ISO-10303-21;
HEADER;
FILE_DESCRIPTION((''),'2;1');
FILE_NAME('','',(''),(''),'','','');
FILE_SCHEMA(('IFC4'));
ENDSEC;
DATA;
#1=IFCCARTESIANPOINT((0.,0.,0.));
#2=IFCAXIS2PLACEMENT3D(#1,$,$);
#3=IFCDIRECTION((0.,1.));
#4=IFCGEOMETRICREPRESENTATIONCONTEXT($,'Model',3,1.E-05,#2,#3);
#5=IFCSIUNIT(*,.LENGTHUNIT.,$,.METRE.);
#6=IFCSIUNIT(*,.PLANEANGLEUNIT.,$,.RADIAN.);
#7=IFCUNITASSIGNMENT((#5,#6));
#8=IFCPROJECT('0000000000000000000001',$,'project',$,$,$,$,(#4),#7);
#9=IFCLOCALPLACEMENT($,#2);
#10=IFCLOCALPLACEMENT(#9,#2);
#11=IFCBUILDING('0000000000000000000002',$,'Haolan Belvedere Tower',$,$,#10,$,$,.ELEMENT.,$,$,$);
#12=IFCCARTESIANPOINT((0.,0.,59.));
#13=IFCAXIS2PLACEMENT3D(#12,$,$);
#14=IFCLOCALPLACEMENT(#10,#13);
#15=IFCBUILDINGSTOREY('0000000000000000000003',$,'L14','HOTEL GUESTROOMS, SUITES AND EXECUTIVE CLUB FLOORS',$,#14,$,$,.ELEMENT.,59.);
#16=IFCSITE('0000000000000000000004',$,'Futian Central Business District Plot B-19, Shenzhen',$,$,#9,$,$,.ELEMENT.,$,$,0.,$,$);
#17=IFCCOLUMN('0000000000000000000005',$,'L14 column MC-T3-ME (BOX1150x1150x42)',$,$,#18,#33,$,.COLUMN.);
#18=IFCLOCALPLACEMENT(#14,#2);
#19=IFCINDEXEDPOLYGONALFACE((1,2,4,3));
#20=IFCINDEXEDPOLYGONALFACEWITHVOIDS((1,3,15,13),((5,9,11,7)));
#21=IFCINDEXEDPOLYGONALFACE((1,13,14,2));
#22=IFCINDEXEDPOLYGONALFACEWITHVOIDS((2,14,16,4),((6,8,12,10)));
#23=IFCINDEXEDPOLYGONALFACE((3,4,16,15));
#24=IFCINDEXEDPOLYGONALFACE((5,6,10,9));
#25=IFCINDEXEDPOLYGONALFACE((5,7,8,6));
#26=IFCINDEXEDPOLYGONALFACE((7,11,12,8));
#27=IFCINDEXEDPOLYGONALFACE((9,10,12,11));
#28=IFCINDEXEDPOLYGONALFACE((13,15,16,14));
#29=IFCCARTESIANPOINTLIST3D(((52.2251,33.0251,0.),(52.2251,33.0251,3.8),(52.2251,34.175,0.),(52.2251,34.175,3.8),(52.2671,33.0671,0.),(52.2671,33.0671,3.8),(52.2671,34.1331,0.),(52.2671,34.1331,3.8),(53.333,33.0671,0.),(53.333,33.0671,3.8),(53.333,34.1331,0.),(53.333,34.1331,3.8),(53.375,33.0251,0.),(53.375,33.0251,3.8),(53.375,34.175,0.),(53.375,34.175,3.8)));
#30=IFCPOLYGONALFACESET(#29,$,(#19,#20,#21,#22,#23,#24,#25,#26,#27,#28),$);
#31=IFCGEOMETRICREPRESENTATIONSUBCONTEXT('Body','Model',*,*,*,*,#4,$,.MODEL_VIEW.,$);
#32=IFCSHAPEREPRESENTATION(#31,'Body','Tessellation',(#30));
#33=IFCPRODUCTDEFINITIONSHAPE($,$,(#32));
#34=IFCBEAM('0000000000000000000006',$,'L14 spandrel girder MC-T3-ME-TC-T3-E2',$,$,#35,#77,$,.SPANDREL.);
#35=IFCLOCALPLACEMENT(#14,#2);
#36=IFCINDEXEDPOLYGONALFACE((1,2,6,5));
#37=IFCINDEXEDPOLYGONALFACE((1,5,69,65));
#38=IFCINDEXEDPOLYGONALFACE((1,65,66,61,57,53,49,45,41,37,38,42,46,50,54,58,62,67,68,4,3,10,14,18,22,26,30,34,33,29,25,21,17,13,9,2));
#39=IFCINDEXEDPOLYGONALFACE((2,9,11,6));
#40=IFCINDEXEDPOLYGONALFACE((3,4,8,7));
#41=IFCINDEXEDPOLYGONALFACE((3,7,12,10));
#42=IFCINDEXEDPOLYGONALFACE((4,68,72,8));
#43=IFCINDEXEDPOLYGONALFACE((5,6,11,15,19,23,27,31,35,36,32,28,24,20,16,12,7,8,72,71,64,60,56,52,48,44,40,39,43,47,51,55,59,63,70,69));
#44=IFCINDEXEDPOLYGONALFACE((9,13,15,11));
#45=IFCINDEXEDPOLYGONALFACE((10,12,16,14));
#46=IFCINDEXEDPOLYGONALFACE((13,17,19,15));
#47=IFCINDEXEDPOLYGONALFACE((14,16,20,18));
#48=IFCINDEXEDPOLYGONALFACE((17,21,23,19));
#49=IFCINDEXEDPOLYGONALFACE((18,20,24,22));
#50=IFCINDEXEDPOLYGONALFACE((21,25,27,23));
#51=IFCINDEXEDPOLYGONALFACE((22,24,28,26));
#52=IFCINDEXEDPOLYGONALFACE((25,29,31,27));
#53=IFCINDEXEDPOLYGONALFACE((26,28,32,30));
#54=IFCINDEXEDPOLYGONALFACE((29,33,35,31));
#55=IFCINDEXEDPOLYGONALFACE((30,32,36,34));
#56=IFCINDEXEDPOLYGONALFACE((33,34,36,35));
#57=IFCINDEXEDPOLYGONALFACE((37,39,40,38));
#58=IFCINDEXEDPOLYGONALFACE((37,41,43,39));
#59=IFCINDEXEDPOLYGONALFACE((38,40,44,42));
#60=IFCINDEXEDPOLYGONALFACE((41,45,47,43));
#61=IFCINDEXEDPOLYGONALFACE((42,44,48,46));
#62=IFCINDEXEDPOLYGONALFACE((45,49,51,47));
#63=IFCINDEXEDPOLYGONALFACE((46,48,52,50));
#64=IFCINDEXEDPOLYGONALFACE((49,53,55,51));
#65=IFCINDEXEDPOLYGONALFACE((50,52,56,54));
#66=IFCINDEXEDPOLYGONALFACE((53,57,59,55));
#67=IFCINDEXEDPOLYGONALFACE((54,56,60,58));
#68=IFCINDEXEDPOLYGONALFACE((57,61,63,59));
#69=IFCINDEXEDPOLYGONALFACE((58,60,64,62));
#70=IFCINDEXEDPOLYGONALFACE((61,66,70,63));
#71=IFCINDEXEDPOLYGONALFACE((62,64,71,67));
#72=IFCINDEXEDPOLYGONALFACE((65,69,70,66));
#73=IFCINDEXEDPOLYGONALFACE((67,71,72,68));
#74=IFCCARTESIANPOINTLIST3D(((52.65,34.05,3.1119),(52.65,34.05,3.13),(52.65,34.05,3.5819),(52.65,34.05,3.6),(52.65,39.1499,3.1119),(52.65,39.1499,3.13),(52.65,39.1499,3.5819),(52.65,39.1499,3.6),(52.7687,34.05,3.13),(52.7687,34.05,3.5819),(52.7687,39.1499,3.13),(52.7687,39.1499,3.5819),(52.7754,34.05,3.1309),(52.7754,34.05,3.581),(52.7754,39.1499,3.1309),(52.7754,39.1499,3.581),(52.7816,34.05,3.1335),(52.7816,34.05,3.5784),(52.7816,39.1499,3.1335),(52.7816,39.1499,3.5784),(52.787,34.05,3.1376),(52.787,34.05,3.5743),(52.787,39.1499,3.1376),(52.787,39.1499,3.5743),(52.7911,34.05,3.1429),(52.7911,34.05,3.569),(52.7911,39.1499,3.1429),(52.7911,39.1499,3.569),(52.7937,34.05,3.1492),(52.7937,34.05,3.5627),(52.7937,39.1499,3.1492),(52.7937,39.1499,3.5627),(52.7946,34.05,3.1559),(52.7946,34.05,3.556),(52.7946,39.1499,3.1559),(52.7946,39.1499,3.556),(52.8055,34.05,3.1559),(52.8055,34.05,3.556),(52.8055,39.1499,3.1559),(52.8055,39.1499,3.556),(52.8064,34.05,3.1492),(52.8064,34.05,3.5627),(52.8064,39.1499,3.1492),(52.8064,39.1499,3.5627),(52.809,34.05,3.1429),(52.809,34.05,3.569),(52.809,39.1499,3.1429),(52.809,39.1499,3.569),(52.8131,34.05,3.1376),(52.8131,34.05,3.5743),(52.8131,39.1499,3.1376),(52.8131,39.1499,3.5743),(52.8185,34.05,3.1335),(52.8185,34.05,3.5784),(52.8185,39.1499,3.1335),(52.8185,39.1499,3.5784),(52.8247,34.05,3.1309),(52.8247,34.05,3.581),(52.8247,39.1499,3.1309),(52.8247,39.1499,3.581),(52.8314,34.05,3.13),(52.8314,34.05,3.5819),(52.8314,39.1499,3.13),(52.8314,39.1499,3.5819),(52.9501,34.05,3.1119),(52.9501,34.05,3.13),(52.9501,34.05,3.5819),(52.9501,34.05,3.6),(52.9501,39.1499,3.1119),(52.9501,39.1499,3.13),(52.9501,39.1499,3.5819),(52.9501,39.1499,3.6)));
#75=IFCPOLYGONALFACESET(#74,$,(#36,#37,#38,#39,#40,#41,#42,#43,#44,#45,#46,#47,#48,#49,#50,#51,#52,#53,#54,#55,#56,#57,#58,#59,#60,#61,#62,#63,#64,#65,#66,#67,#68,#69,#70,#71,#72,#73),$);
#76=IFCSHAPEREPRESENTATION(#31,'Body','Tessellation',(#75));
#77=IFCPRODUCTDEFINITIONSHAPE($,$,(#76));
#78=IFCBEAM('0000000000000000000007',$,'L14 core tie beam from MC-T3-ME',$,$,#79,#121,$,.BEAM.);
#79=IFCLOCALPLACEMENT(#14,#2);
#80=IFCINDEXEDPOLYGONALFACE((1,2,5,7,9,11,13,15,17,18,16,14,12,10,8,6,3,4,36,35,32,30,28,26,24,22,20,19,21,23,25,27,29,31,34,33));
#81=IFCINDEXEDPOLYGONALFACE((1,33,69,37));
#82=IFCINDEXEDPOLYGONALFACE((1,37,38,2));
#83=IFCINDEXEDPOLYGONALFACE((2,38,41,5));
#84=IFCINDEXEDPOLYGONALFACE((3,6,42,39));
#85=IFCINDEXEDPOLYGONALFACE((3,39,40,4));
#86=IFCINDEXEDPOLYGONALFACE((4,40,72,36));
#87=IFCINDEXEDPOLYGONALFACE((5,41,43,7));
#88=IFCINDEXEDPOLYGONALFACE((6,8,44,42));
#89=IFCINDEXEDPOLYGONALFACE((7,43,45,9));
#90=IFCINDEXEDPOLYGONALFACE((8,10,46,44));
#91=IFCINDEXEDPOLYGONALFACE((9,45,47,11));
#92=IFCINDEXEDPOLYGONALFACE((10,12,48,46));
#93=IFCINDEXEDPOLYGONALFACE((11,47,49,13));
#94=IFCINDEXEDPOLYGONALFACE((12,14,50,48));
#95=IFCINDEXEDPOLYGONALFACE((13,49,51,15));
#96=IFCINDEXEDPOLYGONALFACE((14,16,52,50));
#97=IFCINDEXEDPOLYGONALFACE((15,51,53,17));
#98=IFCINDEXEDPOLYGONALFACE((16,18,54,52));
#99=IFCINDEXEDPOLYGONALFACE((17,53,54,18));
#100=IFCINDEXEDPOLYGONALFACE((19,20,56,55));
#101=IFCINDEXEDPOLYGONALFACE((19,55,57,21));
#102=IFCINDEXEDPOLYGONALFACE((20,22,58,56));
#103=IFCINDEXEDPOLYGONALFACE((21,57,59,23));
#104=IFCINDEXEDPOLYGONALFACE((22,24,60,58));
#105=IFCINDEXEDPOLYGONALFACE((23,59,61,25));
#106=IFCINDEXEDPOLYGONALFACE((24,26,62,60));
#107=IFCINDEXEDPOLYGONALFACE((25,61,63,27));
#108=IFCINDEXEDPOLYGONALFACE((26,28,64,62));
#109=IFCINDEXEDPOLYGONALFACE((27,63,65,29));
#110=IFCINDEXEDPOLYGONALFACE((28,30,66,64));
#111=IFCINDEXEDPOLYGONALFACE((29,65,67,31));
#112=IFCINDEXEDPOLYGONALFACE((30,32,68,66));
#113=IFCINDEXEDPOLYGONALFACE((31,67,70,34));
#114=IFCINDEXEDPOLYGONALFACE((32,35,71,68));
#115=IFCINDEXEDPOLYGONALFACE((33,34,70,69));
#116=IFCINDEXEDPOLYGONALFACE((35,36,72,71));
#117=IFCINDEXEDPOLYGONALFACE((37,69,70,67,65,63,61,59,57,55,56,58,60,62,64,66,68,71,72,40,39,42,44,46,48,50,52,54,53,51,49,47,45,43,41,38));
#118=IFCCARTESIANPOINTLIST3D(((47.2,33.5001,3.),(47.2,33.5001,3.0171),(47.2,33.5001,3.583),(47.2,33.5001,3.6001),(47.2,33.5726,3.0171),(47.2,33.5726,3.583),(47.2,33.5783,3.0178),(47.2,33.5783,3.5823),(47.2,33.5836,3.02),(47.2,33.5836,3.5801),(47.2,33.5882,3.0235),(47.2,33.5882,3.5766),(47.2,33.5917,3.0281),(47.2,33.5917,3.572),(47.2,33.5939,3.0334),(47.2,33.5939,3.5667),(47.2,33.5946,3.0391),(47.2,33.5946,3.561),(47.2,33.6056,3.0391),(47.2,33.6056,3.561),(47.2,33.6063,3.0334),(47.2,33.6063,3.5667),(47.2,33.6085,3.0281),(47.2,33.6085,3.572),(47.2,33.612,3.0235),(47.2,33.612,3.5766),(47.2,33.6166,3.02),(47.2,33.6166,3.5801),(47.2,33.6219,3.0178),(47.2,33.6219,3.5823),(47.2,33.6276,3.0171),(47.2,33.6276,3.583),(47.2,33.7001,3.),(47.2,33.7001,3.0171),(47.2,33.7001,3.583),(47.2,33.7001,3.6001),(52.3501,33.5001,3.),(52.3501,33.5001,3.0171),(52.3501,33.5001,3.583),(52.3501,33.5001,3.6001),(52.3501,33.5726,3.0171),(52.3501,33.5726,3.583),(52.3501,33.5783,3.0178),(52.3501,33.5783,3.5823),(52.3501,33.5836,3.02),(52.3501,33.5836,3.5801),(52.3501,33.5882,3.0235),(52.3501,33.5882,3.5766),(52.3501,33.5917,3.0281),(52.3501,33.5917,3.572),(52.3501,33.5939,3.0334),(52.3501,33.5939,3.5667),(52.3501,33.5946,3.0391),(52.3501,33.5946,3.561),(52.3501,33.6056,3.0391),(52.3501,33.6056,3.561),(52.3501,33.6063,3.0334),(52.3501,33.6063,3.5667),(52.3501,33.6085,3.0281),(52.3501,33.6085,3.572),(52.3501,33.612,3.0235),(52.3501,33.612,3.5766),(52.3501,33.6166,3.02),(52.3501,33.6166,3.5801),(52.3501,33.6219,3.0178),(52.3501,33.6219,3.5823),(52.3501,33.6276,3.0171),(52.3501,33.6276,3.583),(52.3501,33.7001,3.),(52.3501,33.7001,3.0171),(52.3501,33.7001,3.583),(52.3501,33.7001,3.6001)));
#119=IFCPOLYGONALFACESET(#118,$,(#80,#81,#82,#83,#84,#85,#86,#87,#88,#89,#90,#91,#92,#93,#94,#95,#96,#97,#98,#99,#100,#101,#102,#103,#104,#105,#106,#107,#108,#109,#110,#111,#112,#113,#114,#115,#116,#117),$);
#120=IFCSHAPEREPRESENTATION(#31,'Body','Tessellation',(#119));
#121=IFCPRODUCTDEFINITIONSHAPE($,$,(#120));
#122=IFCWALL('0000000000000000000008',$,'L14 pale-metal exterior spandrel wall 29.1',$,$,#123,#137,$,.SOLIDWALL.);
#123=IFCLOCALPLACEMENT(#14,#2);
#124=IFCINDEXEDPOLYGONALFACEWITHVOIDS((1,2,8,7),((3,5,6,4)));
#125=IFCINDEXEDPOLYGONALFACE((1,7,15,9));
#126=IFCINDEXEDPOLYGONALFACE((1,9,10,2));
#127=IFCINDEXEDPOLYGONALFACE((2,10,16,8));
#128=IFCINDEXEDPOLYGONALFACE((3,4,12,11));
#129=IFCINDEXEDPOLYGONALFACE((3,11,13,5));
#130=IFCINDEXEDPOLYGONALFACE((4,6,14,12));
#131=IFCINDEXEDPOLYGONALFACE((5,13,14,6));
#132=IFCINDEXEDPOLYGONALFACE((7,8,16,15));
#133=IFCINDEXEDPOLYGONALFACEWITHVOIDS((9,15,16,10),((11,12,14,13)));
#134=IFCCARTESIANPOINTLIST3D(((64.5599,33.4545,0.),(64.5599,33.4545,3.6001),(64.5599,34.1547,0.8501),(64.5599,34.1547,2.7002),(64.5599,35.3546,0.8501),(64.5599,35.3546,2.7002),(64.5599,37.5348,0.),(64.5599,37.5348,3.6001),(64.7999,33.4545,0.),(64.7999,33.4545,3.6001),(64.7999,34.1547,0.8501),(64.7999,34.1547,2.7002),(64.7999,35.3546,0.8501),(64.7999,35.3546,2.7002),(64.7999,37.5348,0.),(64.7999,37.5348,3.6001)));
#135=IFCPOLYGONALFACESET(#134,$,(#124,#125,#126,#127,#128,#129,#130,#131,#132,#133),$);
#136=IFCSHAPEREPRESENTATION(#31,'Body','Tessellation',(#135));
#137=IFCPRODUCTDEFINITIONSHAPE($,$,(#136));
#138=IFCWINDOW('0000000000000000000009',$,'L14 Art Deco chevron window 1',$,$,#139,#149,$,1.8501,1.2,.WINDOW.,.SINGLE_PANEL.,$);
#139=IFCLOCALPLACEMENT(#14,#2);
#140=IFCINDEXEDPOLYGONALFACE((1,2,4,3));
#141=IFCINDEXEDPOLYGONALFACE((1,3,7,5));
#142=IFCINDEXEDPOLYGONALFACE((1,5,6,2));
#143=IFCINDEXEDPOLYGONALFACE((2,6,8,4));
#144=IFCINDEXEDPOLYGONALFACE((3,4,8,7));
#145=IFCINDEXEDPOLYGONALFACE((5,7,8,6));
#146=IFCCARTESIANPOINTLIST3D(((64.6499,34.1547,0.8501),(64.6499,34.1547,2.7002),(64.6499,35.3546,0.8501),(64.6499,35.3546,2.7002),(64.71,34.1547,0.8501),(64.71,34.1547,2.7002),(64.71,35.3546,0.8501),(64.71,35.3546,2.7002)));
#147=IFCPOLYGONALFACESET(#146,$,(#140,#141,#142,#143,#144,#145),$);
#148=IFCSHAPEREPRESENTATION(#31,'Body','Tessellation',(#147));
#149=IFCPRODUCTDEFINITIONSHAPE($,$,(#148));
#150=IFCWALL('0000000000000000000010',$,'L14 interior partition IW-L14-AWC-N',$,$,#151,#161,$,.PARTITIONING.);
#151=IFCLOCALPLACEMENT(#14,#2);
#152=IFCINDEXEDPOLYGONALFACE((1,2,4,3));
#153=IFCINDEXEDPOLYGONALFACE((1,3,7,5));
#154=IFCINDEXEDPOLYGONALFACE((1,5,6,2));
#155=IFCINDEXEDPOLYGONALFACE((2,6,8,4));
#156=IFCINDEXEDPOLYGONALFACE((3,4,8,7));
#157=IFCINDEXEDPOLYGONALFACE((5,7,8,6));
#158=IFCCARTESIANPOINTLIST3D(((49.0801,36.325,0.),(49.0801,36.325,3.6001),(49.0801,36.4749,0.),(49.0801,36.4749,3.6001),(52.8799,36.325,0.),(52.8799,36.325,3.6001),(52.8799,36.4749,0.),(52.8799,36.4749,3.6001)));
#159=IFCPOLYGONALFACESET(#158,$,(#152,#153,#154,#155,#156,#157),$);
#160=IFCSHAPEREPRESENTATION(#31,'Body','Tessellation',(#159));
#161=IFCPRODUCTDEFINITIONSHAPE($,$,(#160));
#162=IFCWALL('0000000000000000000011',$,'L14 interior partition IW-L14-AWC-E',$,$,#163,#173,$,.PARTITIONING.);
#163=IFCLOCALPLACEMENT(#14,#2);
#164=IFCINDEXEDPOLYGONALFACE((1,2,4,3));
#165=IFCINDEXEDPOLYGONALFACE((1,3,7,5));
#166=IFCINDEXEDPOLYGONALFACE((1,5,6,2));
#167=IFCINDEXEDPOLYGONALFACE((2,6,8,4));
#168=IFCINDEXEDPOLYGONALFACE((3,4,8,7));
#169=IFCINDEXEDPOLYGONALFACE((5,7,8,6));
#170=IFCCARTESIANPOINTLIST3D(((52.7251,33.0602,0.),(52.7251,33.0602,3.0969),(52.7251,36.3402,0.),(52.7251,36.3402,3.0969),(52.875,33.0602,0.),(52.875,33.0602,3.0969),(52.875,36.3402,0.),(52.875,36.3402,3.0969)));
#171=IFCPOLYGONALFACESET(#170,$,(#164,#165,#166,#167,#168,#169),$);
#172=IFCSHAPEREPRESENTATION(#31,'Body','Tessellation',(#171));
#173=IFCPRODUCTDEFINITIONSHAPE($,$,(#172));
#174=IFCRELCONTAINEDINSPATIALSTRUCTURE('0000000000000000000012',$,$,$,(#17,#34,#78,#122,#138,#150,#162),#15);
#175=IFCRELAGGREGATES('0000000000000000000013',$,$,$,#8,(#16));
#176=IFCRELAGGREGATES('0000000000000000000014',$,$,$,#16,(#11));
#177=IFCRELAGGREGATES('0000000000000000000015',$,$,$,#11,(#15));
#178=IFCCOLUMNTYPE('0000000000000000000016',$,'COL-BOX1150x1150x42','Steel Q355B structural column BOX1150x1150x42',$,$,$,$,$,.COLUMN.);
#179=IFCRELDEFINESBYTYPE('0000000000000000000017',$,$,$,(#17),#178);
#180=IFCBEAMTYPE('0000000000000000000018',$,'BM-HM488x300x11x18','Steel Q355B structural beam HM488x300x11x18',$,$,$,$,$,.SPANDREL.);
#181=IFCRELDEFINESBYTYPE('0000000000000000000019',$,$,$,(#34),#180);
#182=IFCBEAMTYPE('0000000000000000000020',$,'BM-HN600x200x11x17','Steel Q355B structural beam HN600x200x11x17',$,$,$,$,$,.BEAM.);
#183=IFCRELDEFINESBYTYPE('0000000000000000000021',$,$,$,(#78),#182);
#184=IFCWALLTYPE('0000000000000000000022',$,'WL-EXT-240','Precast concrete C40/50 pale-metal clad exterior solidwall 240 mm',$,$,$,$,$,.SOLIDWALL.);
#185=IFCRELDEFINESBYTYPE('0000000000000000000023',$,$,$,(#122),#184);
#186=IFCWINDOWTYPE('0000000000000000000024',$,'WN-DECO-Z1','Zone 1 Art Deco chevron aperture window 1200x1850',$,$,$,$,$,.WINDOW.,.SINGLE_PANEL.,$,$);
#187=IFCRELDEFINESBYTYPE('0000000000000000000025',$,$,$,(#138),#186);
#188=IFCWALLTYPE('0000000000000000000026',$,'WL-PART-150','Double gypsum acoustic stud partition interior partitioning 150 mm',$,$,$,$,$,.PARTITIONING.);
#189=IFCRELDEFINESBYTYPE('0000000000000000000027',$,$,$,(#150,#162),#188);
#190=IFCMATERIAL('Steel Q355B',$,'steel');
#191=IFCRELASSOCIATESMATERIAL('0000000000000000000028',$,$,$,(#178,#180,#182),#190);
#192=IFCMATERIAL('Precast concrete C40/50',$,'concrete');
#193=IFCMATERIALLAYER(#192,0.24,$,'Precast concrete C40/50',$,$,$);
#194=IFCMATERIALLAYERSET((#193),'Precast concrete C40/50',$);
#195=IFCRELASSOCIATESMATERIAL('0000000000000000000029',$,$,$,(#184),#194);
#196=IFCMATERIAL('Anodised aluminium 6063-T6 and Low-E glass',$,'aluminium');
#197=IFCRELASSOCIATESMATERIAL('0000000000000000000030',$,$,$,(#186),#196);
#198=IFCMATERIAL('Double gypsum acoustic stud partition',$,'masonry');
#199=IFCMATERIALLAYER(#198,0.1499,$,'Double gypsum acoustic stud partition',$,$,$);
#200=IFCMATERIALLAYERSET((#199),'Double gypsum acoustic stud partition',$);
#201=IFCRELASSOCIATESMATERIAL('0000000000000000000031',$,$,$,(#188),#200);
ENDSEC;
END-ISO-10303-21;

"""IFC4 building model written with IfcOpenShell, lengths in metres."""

from ifc_helpers import new_model, si_unit, direction, frame, frame_2d, origin, origin_2d, place, context, subcontext, project, spatial, rectangle, hollow_rectangle, i_section, extrude, material, layer, layer_set, material_profile, profile_set, type_object, element, fill, save


model = new_model("IFC4")

# Units and contexts
model_context = context("Model", 3, precision=1e-05, world=origin(), true_north=direction((0.0, 1.0)))
body_context = subcontext(model_context, "Body", "Model", "MODEL_VIEW")
ifc_project = project(units=[si_unit("LENGTHUNIT", "METRE"), si_unit("PLANEANGLEUNIT", "RADIAN")], contexts=[model_context])

# Site, building, storey
site_placement = place(None, origin())
site = spatial("IfcSite", under=ifc_project, at=site_placement, Name="Futian Central Business District Plot B-19, Shenzhen", CompositionType="ELEMENT", RefElevation=0.0)
building_placement = place(site_placement, origin())
building = spatial("IfcBuilding", under=site, at=building_placement, Name="Haolan Belvedere Tower", CompositionType="ELEMENT")
storey_placement = place(building_placement, frame((0.0, 0.0, 59.0)))
storey = spatial("IfcBuildingStorey", under=building, at=storey_placement, Name="L14", Description="HOTEL GUESTROOMS, SUITES AND EXECUTIVE CLUB FLOORS", CompositionType="ELEMENT", Elevation=59.0)

# Column
ifc_material_1 = material(Name="Steel Q355B", Category="steel")
ifc_material_profile_1 = material_profile(ifc_material_1, hollow_rectangle(XDim=1.1499, YDim=1.1499, WallThickness=0.042, at=origin_2d()), Name="Steel Q355B")
ifc_profile_set_1 = profile_set([ifc_material_profile_1], Name="Steel Q355B")
column_type = type_object("IfcColumnType", Name="COL-BOX1150x1150x42", Description="Steel Q355B structural column BOX1150x1150x42", PredefinedType="COLUMN", material=ifc_profile_set_1)
column_placement = place(storey_placement, frame((52.8, 33.6001, 0.0), z_axis=(0.0, 0.0, 1.0), x_axis=(1.0, 0.0, 0.0)))
element("IfcColumn", 1, at=column_placement, inside=storey, type_object=column_type, Name="L14 column MC-T3-ME (BOX1150x1150x42)", PredefinedType="COLUMN", context=body_context, shape_type="SweptSolid", body=[
    extrude(hollow_rectangle(XDim=1.1499, YDim=1.1499, WallThickness=0.042, at=origin_2d()), origin(), (0.0, 0.0, 1.0), 3.8),
])

# Beams
ifc_material_profile_2 = material_profile(ifc_material_1, i_section(OverallWidth=0.3, OverallDepth=0.488, WebThickness=0.011, FlangeThickness=0.0181, FilletRadius=0.0259, at=origin_2d()), Name="Steel Q355B")
ifc_profile_set_2 = profile_set([ifc_material_profile_2], Name="Steel Q355B")
beam_type_1 = type_object("IfcBeamType", Name="BM-HM488x300x11x18", Description="Steel Q355B structural beam HM488x300x11x18", PredefinedType="SPANDREL", material=ifc_profile_set_2)
beam_1_placement = place(storey_placement, frame((52.8, 34.05, 3.356), z_axis=(0.0, 1.0, 0.0), x_axis=(-1.0, 0.0, 0.0)))
element("IfcBeam", 2, at=beam_1_placement, inside=storey, type_object=beam_type_1, Name="L14 spandrel girder MC-T3-ME-TC-T3-E2", PredefinedType="SPANDREL", context=body_context, shape_type="SweptSolid", body=[
    extrude(i_section(OverallWidth=0.3, OverallDepth=0.488, WebThickness=0.011, FlangeThickness=0.0181, FilletRadius=0.0259, at=origin_2d()), origin(), (0.0, 0.0, 1.0), 5.0999),
])
ifc_material_profile_3 = material_profile(ifc_material_1, i_section(OverallWidth=0.2, OverallDepth=0.6001, WebThickness=0.011, FlangeThickness=0.0171, FilletRadius=0.022, at=origin_2d()), Name="Steel Q355B")
ifc_profile_set_3 = profile_set([ifc_material_profile_3], Name="Steel Q355B")
beam_type_2 = type_object("IfcBeamType", Name="BM-HN600x200x11x17", Description="Steel Q355B structural beam HN600x200x11x17", PredefinedType="BEAM", material=ifc_profile_set_3)
beam_2_placement = place(storey_placement, frame((52.3501, 33.6001, 3.3), z_axis=(-1.0, 0.0, 0.0), x_axis=(0.0, -1.0, 0.0)))
element("IfcBeam", 3, at=beam_2_placement, inside=storey, type_object=beam_type_2, Name="L14 core tie beam from MC-T3-ME", PredefinedType="BEAM", context=body_context, shape_type="SweptSolid", body=[
    extrude(i_section(OverallWidth=0.2, OverallDepth=0.6001, WebThickness=0.011, FlangeThickness=0.0171, FilletRadius=0.022, at=origin_2d()), origin(), (0.0, 0.0, 1.0), 5.1501),
])

# Wall, opening, window
ifc_material_2 = material(Name="Precast concrete C40/50", Category="concrete")
ifc_layer_1 = layer(ifc_material_2, 0.24, Name="Precast concrete C40/50")
ifc_layer_set_1 = layer_set([ifc_layer_1], Name="Precast concrete C40/50")
wall_type_1 = type_object("IfcWallType", Name="WL-EXT-240", Description="Precast concrete C40/50 pale-metal clad exterior solidwall 240 mm", PredefinedType="SOLIDWALL", material=ifc_layer_set_1)
wall_1_placement = place(storey_placement, frame((64.6799, 33.4546, 0.0), z_axis=(0.0, 0.0, 1.0), x_axis=(0.0, 1.0, 0.0)))
wall_1 = element("IfcWall", 4, at=wall_1_placement, inside=storey, type_object=wall_type_1, Name="L14 pale-metal exterior spandrel wall 29.1", PredefinedType="SOLIDWALL", context=body_context, shape_type="SweptSolid", body=[
    extrude(rectangle(XDim=4.0803, YDim=0.24, at=frame_2d((2.04, 0.0))), origin(), (0.0, 0.0, 1.0), 3.6001),
])
opening_1_placement = place(wall_1_placement, frame((0.7, 0.0, 0.8501)))
opening_1 = element("IfcOpeningElement", 5, at=opening_1_placement, cuts=wall_1, PredefinedType="OPENING", context=body_context, shape_type="SweptSolid", body=[
    extrude(rectangle(XDim=1.2, YDim=1.8501, at=frame_2d((0.6001, 0.925))), frame((0.0, 0.1299, 0.0), z_axis=(0.0, -1.0, 0.0), x_axis=(1.0, 0.0, 0.0)), (0.0, 0.0, 1.0), 0.26),
])
ifc_material_3 = material(Name="Anodised aluminium 6063-T6 and Low-E glass", Category="aluminium")
window_type = type_object("IfcWindowType", Name="WN-DECO-Z1", Description="Zone 1 Art Deco chevron aperture window 1200x1850", PartitioningType="SINGLE_PANEL", PredefinedType="WINDOW", material=ifc_material_3)
window_placement = place(opening_1_placement, origin())
window = element("IfcWindow", 6, at=window_placement, inside=storey, type_object=window_type, Name="L14 Art Deco chevron window 1", OverallHeight=1.8501, OverallWidth=1.2, PartitioningType="SINGLE_PANEL", PredefinedType="WINDOW", context=body_context, shape_type="SweptSolid", body=[
    extrude(rectangle(XDim=1.2, YDim=1.8501, at=frame_2d((0.6001, 0.925))), frame((0.0, 0.03, 0.0), z_axis=(0.0, -1.0, 0.0), x_axis=(1.0, 0.0, 0.0)), (0.0, 0.0, 1.0), 0.0601),
])
fill(opening_1, window)

# Wall
ifc_material_4 = material(Name="Double gypsum acoustic stud partition", Category="masonry")
ifc_layer_2 = layer(ifc_material_4, 0.1499, Name="Double gypsum acoustic stud partition")
ifc_layer_set_2 = layer_set([ifc_layer_2], Name="Double gypsum acoustic stud partition")
wall_type_2 = type_object("IfcWallType", Name="WL-PART-150", Description="Double gypsum acoustic stud partition interior partitioning 150 mm", PredefinedType="PARTITIONING", material=ifc_layer_set_2)
wall_2_placement = place(storey_placement, frame((49.0801, 36.3999, 0.0), z_axis=(0.0, 0.0, 1.0), x_axis=(1.0, 0.0, 0.0)))
element("IfcWall", 7, at=wall_2_placement, inside=storey, type_object=wall_type_2, Name="L14 interior partition IW-L14-AWC-N", PredefinedType="PARTITIONING", context=body_context, shape_type="SweptSolid", body=[
    extrude(rectangle(XDim=3.7998, YDim=0.1499, at=frame_2d((1.8999, 0.0))), origin(), (0.0, 0.0, 1.0), 3.6001),
])

# Wall
wall_3_placement = place(storey_placement, frame((52.8, 33.0601, 0.0), z_axis=(0.0, 0.0, 1.0), x_axis=(0.0, 1.0, 0.0)))
element("IfcWall", 8, at=wall_3_placement, inside=storey, type_object=wall_type_2, Name="L14 interior partition IW-L14-AWC-E", PredefinedType="PARTITIONING", context=body_context, shape_type="SweptSolid", body=[
    extrude(rectangle(XDim=3.28, YDim=0.1499, at=frame_2d((1.6401, 0.0))), origin(), (0.0, 0.0, 1.0), 3.0969),
])

save(model, "model.ifc")
